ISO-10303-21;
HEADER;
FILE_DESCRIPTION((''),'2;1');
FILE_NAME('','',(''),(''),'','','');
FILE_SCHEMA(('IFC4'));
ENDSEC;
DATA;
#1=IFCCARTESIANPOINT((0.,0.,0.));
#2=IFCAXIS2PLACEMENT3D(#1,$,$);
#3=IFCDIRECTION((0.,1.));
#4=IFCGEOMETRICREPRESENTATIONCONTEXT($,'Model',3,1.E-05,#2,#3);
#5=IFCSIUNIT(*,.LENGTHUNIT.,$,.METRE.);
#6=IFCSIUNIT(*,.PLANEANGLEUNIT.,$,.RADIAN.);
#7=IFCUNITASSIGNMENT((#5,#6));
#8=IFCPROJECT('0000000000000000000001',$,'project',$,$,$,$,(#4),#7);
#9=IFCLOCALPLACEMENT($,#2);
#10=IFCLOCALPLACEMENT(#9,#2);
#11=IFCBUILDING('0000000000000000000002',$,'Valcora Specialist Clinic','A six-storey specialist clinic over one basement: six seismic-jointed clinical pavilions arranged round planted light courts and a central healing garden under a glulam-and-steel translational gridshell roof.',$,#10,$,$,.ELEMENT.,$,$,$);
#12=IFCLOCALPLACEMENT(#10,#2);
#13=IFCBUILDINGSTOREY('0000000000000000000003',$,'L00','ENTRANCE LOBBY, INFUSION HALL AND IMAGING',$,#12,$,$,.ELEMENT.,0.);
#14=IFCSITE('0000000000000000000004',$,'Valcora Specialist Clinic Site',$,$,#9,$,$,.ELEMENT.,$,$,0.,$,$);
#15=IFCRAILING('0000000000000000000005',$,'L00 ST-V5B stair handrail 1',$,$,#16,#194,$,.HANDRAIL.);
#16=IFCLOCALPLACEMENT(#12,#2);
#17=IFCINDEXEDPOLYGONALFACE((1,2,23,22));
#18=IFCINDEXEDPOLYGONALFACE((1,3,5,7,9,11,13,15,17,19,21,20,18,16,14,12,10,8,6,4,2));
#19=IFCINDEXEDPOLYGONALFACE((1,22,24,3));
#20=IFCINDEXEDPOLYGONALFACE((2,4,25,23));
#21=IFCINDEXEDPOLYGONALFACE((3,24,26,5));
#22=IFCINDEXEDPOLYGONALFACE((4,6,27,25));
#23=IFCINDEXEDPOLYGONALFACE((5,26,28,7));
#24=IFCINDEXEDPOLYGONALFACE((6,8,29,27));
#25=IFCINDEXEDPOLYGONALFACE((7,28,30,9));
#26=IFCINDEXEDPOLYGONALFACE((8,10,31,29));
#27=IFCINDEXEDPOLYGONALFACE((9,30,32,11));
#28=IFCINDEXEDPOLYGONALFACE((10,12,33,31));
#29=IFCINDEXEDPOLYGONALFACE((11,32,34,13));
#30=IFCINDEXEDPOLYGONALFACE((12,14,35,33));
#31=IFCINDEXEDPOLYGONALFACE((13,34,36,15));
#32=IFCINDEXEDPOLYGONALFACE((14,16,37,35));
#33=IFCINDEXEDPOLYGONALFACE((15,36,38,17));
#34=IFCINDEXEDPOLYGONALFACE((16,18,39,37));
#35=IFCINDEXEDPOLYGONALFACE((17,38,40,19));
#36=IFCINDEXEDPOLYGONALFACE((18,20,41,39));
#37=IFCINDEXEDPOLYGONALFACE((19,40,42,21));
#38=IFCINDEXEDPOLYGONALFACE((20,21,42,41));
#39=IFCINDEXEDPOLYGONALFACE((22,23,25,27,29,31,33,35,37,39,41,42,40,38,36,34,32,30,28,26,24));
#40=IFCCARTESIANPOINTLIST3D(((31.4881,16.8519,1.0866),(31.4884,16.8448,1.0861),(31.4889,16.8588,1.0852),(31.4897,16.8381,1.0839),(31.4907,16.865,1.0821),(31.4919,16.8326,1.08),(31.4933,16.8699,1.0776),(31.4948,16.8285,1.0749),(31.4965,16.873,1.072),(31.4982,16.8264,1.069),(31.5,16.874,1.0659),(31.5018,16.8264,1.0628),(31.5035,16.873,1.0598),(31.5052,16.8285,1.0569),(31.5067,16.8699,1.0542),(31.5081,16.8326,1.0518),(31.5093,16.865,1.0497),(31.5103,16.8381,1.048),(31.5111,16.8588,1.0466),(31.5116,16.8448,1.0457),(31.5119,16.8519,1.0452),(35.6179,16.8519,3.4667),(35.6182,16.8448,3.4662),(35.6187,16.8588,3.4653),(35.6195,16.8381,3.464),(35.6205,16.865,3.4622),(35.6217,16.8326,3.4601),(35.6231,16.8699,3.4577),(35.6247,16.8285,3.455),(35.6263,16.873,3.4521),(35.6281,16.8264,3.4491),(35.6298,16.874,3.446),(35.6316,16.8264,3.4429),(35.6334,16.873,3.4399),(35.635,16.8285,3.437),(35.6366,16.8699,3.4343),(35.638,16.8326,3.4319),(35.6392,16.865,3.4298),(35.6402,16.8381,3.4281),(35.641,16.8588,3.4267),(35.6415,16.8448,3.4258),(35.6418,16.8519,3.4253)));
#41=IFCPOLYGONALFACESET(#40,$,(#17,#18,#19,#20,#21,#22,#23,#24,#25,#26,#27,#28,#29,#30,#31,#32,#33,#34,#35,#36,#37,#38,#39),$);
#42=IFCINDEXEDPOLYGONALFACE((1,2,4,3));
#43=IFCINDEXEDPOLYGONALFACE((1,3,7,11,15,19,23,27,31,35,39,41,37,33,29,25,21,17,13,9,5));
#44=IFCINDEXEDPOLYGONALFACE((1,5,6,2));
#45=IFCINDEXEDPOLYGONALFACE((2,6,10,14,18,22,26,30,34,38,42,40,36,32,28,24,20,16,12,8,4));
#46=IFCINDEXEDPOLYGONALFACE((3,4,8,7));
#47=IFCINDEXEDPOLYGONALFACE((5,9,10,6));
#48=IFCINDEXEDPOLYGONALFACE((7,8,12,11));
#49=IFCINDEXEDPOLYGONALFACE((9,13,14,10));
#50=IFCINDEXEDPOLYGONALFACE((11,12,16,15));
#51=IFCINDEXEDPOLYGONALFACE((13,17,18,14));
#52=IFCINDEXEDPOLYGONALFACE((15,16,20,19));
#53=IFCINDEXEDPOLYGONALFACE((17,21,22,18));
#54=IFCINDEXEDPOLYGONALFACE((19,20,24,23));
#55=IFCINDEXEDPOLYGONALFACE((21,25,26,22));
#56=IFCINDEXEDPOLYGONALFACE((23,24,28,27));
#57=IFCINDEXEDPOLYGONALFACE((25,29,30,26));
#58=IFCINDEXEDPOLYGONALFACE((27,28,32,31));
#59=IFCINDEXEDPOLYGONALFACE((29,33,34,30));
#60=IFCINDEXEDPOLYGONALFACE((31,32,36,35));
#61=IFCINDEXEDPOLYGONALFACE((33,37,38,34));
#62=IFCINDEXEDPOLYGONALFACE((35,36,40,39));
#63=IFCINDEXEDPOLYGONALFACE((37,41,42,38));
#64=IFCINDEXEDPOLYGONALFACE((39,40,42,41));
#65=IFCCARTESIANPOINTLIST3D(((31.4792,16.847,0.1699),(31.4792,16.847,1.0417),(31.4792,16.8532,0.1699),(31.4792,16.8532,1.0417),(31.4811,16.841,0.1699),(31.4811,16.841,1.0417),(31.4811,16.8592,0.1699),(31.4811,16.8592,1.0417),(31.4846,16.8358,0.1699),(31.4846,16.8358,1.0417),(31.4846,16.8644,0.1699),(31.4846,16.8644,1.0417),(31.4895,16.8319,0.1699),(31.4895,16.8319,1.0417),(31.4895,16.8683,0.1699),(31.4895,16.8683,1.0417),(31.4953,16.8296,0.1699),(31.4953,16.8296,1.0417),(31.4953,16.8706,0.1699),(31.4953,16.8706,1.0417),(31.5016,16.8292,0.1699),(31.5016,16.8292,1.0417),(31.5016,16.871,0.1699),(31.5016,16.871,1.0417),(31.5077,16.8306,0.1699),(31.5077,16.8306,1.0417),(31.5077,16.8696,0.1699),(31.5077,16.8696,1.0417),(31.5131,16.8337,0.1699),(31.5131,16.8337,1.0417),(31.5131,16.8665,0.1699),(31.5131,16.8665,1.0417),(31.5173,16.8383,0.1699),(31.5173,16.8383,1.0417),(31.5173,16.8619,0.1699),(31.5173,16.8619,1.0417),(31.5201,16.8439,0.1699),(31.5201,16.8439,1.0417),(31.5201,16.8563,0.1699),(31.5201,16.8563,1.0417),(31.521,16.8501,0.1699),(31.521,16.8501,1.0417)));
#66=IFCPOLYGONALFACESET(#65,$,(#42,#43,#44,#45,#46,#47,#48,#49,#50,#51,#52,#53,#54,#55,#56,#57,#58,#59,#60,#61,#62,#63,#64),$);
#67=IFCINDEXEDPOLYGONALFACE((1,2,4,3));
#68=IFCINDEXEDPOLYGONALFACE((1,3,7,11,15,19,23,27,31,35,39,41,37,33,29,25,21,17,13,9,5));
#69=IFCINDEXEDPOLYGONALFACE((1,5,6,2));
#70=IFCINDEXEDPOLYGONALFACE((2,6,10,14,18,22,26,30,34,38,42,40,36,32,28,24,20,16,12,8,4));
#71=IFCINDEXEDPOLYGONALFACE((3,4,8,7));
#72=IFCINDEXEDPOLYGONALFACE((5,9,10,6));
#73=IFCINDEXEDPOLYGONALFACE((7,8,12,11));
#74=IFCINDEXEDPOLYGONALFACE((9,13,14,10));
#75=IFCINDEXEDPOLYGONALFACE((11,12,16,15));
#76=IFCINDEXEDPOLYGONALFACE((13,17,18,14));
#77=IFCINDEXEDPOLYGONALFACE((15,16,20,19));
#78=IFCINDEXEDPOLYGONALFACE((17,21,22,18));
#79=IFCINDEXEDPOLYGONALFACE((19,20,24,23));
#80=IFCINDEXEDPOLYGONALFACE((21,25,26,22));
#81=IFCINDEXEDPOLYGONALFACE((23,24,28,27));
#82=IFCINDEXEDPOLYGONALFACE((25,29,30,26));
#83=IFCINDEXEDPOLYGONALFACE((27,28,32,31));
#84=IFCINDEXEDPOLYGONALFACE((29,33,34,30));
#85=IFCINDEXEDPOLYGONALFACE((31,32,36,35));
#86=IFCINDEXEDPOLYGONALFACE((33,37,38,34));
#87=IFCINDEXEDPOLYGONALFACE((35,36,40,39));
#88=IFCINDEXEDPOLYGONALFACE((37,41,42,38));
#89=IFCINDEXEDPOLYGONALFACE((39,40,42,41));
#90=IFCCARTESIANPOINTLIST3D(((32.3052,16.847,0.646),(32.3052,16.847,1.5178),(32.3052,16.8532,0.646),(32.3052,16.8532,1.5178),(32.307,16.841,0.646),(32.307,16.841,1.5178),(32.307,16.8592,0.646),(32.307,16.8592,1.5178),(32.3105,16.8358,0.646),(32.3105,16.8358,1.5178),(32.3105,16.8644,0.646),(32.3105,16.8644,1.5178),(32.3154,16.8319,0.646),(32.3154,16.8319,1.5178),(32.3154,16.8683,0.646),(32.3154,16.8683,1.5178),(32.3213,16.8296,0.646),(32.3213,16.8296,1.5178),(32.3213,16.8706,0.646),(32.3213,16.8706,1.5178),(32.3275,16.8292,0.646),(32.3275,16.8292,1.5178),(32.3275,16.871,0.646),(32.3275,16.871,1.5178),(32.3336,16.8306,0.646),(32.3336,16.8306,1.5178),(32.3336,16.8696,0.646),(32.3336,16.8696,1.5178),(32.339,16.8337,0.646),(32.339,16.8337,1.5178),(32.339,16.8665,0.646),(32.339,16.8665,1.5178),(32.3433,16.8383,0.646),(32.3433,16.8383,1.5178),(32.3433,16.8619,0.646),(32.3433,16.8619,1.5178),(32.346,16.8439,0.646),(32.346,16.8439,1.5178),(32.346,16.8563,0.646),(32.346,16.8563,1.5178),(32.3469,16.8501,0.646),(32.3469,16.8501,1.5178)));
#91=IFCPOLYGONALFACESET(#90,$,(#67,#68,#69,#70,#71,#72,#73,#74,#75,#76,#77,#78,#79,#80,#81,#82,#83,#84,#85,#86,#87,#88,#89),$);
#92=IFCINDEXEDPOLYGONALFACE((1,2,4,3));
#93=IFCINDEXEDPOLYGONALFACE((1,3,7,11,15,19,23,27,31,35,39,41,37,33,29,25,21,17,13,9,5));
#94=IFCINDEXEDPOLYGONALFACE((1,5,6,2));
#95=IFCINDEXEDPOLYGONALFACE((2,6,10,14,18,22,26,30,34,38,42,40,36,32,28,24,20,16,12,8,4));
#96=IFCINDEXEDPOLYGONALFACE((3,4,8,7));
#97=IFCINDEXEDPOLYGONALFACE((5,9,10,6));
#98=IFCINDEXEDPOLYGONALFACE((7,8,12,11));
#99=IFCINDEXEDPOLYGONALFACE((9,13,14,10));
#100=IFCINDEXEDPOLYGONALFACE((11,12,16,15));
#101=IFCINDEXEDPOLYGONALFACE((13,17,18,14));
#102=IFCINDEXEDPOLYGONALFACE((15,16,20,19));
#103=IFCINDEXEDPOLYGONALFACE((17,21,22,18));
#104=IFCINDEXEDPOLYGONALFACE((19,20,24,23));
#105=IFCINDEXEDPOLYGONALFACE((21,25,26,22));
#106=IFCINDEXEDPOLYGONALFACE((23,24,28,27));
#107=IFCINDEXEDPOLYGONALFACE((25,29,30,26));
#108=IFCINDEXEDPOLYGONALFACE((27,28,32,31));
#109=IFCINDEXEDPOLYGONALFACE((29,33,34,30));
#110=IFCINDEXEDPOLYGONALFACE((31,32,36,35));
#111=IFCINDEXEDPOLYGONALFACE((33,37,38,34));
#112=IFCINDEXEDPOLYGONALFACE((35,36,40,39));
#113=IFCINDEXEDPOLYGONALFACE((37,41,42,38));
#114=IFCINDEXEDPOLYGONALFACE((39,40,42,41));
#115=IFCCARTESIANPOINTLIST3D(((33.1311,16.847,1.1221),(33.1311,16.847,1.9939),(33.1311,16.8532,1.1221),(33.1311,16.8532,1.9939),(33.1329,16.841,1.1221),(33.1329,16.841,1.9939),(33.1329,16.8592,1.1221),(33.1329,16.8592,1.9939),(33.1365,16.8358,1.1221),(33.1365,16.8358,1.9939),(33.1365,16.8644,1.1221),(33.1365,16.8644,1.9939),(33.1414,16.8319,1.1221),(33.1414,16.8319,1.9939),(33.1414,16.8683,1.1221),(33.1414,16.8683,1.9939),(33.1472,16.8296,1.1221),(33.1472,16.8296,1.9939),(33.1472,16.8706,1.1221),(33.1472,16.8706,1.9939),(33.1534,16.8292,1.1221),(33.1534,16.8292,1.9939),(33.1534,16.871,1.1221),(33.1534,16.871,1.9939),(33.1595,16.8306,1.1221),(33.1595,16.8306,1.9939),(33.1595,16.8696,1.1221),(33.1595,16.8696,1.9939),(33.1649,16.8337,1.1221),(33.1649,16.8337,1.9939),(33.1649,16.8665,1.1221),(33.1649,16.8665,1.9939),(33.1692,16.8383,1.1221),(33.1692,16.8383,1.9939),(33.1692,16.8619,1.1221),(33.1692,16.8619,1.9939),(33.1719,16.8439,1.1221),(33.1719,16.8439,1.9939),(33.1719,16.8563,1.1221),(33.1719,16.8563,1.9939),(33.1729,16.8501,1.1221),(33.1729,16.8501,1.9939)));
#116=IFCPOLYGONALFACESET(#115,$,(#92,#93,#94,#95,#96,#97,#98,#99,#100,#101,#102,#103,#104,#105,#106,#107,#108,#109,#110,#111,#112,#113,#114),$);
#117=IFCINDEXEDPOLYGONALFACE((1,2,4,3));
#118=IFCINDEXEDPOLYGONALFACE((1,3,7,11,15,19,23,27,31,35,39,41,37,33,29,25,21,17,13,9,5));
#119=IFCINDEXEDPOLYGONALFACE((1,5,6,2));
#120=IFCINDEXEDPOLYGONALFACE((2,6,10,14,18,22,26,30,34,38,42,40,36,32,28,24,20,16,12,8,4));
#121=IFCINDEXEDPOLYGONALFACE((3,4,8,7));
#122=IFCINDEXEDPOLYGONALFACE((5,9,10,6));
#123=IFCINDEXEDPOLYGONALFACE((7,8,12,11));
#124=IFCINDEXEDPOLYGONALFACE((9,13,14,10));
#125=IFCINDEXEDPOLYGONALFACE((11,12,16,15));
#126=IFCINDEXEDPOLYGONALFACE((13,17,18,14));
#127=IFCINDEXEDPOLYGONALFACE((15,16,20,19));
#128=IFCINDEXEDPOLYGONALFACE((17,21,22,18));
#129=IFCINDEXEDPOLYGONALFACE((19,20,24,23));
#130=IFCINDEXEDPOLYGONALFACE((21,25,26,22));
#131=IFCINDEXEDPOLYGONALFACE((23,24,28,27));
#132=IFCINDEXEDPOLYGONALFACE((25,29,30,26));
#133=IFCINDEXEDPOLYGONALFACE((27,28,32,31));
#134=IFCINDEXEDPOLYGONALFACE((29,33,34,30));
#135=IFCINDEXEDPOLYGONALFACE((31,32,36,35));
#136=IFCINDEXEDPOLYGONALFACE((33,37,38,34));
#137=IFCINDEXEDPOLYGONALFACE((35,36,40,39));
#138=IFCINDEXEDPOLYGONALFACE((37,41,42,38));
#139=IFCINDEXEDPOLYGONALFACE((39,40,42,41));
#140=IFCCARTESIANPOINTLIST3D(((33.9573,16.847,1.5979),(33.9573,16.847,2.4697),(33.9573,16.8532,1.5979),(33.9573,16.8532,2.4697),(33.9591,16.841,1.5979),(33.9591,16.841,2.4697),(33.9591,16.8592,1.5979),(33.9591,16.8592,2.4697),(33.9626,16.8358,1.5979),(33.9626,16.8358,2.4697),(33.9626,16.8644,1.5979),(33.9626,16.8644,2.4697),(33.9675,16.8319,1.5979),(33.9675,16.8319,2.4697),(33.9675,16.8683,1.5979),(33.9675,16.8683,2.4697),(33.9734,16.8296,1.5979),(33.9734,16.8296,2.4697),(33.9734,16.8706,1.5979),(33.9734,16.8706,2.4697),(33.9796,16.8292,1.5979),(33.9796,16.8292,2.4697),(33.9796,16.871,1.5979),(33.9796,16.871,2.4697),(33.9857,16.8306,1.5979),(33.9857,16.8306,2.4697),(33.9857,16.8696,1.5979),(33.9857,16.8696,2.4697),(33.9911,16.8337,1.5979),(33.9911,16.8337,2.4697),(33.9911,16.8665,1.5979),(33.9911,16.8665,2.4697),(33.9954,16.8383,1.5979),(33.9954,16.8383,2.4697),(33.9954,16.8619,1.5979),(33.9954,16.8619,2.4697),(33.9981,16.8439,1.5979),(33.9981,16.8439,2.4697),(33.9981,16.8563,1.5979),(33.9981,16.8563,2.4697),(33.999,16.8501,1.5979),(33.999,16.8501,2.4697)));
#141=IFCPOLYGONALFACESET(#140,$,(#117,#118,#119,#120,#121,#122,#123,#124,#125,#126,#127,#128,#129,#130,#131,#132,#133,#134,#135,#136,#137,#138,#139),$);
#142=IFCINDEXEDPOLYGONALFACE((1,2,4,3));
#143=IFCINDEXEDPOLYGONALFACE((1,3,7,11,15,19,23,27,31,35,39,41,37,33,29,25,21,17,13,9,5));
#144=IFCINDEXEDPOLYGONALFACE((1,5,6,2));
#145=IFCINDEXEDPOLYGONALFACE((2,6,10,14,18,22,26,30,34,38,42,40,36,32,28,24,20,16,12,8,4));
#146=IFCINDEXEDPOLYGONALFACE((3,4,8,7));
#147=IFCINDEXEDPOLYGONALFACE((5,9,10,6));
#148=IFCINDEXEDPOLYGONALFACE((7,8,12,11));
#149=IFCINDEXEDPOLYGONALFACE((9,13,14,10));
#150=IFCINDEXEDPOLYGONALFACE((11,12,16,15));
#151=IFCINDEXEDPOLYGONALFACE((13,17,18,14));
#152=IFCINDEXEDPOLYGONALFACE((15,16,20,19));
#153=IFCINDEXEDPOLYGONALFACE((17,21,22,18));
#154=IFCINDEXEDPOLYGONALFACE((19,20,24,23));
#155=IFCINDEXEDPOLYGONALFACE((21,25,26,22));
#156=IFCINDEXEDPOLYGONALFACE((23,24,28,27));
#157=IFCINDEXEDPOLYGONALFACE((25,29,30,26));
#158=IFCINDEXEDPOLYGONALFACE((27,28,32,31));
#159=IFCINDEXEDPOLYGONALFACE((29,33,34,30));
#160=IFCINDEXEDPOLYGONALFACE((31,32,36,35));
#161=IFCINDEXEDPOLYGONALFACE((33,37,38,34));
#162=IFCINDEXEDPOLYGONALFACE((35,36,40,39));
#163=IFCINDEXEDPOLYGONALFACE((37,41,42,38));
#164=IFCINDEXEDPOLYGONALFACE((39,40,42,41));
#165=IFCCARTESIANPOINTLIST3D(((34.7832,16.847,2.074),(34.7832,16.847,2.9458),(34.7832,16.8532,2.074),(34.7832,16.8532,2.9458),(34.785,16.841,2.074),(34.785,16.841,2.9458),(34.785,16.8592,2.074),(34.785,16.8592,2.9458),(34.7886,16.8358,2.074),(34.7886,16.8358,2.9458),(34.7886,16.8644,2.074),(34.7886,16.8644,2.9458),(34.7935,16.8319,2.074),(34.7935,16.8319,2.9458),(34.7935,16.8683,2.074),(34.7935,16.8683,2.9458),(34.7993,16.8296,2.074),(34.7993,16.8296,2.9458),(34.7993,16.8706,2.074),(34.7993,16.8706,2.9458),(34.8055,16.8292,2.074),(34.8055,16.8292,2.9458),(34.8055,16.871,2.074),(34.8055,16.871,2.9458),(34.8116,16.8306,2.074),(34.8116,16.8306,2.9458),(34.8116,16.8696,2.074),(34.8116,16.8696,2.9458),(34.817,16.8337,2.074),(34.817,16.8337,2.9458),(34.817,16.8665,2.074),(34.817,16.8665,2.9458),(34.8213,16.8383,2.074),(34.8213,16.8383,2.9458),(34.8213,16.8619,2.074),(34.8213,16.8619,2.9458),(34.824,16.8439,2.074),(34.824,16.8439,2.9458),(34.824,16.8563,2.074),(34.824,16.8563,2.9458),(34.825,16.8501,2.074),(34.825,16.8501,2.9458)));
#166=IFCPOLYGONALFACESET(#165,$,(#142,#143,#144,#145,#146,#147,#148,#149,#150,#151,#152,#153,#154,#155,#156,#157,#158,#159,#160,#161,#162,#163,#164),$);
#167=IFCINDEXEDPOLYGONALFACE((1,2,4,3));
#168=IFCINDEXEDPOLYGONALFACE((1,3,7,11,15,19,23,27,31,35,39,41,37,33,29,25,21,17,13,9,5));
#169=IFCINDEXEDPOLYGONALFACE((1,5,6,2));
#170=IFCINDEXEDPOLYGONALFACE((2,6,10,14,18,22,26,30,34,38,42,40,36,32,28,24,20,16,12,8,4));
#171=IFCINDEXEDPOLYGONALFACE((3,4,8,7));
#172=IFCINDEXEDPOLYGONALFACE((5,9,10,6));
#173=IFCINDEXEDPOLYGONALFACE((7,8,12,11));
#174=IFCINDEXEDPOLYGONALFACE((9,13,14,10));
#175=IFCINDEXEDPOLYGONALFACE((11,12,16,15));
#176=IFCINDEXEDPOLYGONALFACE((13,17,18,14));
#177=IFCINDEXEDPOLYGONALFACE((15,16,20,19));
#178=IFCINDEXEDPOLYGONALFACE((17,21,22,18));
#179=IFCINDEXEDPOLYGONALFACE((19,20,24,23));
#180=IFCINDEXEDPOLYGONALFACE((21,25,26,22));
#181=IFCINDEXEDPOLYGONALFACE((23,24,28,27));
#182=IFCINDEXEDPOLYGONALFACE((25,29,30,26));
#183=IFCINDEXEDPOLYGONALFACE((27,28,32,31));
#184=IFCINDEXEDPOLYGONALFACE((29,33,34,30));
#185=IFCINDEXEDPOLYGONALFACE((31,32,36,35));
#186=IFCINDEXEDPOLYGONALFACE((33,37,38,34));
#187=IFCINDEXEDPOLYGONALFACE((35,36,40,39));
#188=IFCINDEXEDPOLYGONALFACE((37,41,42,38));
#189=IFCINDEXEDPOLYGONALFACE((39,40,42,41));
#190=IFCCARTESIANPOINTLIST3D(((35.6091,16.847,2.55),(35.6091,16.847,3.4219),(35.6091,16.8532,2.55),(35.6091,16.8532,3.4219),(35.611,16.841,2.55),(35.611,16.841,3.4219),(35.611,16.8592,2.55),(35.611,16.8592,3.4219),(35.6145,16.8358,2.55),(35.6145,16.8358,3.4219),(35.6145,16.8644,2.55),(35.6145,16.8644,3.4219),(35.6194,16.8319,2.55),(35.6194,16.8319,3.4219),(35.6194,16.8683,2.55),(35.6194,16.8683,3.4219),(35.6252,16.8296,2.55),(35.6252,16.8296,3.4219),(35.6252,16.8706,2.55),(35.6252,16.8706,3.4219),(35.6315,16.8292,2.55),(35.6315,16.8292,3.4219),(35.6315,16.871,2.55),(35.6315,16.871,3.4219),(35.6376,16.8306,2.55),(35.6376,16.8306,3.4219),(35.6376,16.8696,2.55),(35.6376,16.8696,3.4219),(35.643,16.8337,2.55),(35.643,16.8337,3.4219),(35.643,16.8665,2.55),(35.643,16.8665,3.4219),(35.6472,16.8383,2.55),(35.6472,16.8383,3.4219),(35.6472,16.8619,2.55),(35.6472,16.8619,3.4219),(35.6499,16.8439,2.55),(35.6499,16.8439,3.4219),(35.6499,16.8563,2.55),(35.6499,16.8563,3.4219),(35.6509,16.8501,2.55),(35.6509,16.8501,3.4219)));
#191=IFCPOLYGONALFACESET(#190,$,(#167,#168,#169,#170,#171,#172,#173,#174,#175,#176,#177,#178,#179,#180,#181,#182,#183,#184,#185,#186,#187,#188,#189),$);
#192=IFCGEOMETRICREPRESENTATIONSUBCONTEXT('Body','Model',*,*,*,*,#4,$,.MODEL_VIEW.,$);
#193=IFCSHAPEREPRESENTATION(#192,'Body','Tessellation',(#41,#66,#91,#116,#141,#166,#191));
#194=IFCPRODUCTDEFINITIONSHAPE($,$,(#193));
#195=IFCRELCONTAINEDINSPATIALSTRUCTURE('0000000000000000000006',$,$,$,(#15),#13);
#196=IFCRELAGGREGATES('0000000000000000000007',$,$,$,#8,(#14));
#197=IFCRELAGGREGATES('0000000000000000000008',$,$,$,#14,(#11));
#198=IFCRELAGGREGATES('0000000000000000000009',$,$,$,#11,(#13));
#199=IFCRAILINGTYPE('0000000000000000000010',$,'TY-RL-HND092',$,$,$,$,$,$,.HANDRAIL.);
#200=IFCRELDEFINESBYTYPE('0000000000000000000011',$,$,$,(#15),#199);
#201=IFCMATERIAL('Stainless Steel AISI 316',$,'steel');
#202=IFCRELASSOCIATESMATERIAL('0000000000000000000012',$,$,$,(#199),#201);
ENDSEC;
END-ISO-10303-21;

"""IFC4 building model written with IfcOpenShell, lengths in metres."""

from ifc_helpers import new_model, si_unit, direction, frame, origin, origin_2d, place, context, subcontext, project, spatial, circle, extrude, material, type_object, element, save


model = new_model("IFC4")

# Units and contexts
model_context = context("Model", 3, precision=1e-05, world=origin(), true_north=direction((0.0, 1.0)))
body_context = subcontext(model_context, "Body", "Model", "MODEL_VIEW")
ifc_project = project(units=[si_unit("LENGTHUNIT", "METRE"), si_unit("PLANEANGLEUNIT", "RADIAN")], contexts=[model_context])

# Site, building, storey
site_placement = place(None, origin())
site = spatial("IfcSite", under=ifc_project, at=site_placement, Name="Valcora Specialist Clinic Site", CompositionType="ELEMENT", RefElevation=0.0)
building_placement = place(site_placement, origin())
building = spatial("IfcBuilding", under=site, at=building_placement, Name="Valcora Specialist Clinic", Description="A six-storey specialist clinic over one basement: six seismic-jointed clinical pavilions arranged round planted light courts and a central healing garden under a glulam-and-steel translational gridshell roof.", CompositionType="ELEMENT")
storey_placement = place(building_placement, origin())
storey = spatial("IfcBuildingStorey", under=building, at=storey_placement, Name="L00", Description="ENTRANCE LOBBY, INFUSION HALL AND IMAGING", CompositionType="ELEMENT", Elevation=0.0)

# Shared definitions
ifc_material_1 = material(Name="Stainless Steel AISI 316", Category="steel")

# Railing
railing_type_1 = type_object("IfcRailingType", Name="TY-RL-HND092", PredefinedType="HANDRAIL", material=ifc_material_1)
railing_1_placement = place(storey_placement, frame((31.5, 16.8501, 0.1699)))
element("IfcRailing", 1, at=railing_1_placement, inside=storey, type_object=railing_type_1, Name="L00 ST-V5B stair handrail 1", PredefinedType="HANDRAIL", context=body_context, shape_type="SweptSolid", body=[
    extrude(circle(Radius=0.0239, at=origin_2d()), frame((0.0, 0.0, 0.896), z_axis=(0.866412, 0.0, 0.499329), x_axis=(0.0, 1.0, 0.0)), (0.0, 0.0, 1.0), 4.7666),
    extrude(circle(Radius=0.021, at=origin_2d()), origin(), (0.0, 0.0, 1.0), 0.8718),
    extrude(circle(Radius=0.021, at=origin_2d()), frame((0.8259, 0.0, 0.4761)), (0.0, 0.0, 1.0), 0.8718),
    extrude(circle(Radius=0.021, at=origin_2d()), frame((1.6519, 0.0, 0.9521)), (0.0, 0.0, 1.0), 0.8718),
    extrude(circle(Radius=0.021, at=origin_2d()), frame((2.478, 0.0, 1.428)), (0.0, 0.0, 1.0), 0.8718),
    extrude(circle(Radius=0.021, at=origin_2d()), frame((3.304, 0.0, 1.9041)), (0.0, 0.0, 1.0), 0.8718),
    extrude(circle(Radius=0.021, at=origin_2d()), frame((4.1299, 0.0, 2.3801)), (0.0, 0.0, 1.0), 0.8718),
])

save(model, "model.ifc")
